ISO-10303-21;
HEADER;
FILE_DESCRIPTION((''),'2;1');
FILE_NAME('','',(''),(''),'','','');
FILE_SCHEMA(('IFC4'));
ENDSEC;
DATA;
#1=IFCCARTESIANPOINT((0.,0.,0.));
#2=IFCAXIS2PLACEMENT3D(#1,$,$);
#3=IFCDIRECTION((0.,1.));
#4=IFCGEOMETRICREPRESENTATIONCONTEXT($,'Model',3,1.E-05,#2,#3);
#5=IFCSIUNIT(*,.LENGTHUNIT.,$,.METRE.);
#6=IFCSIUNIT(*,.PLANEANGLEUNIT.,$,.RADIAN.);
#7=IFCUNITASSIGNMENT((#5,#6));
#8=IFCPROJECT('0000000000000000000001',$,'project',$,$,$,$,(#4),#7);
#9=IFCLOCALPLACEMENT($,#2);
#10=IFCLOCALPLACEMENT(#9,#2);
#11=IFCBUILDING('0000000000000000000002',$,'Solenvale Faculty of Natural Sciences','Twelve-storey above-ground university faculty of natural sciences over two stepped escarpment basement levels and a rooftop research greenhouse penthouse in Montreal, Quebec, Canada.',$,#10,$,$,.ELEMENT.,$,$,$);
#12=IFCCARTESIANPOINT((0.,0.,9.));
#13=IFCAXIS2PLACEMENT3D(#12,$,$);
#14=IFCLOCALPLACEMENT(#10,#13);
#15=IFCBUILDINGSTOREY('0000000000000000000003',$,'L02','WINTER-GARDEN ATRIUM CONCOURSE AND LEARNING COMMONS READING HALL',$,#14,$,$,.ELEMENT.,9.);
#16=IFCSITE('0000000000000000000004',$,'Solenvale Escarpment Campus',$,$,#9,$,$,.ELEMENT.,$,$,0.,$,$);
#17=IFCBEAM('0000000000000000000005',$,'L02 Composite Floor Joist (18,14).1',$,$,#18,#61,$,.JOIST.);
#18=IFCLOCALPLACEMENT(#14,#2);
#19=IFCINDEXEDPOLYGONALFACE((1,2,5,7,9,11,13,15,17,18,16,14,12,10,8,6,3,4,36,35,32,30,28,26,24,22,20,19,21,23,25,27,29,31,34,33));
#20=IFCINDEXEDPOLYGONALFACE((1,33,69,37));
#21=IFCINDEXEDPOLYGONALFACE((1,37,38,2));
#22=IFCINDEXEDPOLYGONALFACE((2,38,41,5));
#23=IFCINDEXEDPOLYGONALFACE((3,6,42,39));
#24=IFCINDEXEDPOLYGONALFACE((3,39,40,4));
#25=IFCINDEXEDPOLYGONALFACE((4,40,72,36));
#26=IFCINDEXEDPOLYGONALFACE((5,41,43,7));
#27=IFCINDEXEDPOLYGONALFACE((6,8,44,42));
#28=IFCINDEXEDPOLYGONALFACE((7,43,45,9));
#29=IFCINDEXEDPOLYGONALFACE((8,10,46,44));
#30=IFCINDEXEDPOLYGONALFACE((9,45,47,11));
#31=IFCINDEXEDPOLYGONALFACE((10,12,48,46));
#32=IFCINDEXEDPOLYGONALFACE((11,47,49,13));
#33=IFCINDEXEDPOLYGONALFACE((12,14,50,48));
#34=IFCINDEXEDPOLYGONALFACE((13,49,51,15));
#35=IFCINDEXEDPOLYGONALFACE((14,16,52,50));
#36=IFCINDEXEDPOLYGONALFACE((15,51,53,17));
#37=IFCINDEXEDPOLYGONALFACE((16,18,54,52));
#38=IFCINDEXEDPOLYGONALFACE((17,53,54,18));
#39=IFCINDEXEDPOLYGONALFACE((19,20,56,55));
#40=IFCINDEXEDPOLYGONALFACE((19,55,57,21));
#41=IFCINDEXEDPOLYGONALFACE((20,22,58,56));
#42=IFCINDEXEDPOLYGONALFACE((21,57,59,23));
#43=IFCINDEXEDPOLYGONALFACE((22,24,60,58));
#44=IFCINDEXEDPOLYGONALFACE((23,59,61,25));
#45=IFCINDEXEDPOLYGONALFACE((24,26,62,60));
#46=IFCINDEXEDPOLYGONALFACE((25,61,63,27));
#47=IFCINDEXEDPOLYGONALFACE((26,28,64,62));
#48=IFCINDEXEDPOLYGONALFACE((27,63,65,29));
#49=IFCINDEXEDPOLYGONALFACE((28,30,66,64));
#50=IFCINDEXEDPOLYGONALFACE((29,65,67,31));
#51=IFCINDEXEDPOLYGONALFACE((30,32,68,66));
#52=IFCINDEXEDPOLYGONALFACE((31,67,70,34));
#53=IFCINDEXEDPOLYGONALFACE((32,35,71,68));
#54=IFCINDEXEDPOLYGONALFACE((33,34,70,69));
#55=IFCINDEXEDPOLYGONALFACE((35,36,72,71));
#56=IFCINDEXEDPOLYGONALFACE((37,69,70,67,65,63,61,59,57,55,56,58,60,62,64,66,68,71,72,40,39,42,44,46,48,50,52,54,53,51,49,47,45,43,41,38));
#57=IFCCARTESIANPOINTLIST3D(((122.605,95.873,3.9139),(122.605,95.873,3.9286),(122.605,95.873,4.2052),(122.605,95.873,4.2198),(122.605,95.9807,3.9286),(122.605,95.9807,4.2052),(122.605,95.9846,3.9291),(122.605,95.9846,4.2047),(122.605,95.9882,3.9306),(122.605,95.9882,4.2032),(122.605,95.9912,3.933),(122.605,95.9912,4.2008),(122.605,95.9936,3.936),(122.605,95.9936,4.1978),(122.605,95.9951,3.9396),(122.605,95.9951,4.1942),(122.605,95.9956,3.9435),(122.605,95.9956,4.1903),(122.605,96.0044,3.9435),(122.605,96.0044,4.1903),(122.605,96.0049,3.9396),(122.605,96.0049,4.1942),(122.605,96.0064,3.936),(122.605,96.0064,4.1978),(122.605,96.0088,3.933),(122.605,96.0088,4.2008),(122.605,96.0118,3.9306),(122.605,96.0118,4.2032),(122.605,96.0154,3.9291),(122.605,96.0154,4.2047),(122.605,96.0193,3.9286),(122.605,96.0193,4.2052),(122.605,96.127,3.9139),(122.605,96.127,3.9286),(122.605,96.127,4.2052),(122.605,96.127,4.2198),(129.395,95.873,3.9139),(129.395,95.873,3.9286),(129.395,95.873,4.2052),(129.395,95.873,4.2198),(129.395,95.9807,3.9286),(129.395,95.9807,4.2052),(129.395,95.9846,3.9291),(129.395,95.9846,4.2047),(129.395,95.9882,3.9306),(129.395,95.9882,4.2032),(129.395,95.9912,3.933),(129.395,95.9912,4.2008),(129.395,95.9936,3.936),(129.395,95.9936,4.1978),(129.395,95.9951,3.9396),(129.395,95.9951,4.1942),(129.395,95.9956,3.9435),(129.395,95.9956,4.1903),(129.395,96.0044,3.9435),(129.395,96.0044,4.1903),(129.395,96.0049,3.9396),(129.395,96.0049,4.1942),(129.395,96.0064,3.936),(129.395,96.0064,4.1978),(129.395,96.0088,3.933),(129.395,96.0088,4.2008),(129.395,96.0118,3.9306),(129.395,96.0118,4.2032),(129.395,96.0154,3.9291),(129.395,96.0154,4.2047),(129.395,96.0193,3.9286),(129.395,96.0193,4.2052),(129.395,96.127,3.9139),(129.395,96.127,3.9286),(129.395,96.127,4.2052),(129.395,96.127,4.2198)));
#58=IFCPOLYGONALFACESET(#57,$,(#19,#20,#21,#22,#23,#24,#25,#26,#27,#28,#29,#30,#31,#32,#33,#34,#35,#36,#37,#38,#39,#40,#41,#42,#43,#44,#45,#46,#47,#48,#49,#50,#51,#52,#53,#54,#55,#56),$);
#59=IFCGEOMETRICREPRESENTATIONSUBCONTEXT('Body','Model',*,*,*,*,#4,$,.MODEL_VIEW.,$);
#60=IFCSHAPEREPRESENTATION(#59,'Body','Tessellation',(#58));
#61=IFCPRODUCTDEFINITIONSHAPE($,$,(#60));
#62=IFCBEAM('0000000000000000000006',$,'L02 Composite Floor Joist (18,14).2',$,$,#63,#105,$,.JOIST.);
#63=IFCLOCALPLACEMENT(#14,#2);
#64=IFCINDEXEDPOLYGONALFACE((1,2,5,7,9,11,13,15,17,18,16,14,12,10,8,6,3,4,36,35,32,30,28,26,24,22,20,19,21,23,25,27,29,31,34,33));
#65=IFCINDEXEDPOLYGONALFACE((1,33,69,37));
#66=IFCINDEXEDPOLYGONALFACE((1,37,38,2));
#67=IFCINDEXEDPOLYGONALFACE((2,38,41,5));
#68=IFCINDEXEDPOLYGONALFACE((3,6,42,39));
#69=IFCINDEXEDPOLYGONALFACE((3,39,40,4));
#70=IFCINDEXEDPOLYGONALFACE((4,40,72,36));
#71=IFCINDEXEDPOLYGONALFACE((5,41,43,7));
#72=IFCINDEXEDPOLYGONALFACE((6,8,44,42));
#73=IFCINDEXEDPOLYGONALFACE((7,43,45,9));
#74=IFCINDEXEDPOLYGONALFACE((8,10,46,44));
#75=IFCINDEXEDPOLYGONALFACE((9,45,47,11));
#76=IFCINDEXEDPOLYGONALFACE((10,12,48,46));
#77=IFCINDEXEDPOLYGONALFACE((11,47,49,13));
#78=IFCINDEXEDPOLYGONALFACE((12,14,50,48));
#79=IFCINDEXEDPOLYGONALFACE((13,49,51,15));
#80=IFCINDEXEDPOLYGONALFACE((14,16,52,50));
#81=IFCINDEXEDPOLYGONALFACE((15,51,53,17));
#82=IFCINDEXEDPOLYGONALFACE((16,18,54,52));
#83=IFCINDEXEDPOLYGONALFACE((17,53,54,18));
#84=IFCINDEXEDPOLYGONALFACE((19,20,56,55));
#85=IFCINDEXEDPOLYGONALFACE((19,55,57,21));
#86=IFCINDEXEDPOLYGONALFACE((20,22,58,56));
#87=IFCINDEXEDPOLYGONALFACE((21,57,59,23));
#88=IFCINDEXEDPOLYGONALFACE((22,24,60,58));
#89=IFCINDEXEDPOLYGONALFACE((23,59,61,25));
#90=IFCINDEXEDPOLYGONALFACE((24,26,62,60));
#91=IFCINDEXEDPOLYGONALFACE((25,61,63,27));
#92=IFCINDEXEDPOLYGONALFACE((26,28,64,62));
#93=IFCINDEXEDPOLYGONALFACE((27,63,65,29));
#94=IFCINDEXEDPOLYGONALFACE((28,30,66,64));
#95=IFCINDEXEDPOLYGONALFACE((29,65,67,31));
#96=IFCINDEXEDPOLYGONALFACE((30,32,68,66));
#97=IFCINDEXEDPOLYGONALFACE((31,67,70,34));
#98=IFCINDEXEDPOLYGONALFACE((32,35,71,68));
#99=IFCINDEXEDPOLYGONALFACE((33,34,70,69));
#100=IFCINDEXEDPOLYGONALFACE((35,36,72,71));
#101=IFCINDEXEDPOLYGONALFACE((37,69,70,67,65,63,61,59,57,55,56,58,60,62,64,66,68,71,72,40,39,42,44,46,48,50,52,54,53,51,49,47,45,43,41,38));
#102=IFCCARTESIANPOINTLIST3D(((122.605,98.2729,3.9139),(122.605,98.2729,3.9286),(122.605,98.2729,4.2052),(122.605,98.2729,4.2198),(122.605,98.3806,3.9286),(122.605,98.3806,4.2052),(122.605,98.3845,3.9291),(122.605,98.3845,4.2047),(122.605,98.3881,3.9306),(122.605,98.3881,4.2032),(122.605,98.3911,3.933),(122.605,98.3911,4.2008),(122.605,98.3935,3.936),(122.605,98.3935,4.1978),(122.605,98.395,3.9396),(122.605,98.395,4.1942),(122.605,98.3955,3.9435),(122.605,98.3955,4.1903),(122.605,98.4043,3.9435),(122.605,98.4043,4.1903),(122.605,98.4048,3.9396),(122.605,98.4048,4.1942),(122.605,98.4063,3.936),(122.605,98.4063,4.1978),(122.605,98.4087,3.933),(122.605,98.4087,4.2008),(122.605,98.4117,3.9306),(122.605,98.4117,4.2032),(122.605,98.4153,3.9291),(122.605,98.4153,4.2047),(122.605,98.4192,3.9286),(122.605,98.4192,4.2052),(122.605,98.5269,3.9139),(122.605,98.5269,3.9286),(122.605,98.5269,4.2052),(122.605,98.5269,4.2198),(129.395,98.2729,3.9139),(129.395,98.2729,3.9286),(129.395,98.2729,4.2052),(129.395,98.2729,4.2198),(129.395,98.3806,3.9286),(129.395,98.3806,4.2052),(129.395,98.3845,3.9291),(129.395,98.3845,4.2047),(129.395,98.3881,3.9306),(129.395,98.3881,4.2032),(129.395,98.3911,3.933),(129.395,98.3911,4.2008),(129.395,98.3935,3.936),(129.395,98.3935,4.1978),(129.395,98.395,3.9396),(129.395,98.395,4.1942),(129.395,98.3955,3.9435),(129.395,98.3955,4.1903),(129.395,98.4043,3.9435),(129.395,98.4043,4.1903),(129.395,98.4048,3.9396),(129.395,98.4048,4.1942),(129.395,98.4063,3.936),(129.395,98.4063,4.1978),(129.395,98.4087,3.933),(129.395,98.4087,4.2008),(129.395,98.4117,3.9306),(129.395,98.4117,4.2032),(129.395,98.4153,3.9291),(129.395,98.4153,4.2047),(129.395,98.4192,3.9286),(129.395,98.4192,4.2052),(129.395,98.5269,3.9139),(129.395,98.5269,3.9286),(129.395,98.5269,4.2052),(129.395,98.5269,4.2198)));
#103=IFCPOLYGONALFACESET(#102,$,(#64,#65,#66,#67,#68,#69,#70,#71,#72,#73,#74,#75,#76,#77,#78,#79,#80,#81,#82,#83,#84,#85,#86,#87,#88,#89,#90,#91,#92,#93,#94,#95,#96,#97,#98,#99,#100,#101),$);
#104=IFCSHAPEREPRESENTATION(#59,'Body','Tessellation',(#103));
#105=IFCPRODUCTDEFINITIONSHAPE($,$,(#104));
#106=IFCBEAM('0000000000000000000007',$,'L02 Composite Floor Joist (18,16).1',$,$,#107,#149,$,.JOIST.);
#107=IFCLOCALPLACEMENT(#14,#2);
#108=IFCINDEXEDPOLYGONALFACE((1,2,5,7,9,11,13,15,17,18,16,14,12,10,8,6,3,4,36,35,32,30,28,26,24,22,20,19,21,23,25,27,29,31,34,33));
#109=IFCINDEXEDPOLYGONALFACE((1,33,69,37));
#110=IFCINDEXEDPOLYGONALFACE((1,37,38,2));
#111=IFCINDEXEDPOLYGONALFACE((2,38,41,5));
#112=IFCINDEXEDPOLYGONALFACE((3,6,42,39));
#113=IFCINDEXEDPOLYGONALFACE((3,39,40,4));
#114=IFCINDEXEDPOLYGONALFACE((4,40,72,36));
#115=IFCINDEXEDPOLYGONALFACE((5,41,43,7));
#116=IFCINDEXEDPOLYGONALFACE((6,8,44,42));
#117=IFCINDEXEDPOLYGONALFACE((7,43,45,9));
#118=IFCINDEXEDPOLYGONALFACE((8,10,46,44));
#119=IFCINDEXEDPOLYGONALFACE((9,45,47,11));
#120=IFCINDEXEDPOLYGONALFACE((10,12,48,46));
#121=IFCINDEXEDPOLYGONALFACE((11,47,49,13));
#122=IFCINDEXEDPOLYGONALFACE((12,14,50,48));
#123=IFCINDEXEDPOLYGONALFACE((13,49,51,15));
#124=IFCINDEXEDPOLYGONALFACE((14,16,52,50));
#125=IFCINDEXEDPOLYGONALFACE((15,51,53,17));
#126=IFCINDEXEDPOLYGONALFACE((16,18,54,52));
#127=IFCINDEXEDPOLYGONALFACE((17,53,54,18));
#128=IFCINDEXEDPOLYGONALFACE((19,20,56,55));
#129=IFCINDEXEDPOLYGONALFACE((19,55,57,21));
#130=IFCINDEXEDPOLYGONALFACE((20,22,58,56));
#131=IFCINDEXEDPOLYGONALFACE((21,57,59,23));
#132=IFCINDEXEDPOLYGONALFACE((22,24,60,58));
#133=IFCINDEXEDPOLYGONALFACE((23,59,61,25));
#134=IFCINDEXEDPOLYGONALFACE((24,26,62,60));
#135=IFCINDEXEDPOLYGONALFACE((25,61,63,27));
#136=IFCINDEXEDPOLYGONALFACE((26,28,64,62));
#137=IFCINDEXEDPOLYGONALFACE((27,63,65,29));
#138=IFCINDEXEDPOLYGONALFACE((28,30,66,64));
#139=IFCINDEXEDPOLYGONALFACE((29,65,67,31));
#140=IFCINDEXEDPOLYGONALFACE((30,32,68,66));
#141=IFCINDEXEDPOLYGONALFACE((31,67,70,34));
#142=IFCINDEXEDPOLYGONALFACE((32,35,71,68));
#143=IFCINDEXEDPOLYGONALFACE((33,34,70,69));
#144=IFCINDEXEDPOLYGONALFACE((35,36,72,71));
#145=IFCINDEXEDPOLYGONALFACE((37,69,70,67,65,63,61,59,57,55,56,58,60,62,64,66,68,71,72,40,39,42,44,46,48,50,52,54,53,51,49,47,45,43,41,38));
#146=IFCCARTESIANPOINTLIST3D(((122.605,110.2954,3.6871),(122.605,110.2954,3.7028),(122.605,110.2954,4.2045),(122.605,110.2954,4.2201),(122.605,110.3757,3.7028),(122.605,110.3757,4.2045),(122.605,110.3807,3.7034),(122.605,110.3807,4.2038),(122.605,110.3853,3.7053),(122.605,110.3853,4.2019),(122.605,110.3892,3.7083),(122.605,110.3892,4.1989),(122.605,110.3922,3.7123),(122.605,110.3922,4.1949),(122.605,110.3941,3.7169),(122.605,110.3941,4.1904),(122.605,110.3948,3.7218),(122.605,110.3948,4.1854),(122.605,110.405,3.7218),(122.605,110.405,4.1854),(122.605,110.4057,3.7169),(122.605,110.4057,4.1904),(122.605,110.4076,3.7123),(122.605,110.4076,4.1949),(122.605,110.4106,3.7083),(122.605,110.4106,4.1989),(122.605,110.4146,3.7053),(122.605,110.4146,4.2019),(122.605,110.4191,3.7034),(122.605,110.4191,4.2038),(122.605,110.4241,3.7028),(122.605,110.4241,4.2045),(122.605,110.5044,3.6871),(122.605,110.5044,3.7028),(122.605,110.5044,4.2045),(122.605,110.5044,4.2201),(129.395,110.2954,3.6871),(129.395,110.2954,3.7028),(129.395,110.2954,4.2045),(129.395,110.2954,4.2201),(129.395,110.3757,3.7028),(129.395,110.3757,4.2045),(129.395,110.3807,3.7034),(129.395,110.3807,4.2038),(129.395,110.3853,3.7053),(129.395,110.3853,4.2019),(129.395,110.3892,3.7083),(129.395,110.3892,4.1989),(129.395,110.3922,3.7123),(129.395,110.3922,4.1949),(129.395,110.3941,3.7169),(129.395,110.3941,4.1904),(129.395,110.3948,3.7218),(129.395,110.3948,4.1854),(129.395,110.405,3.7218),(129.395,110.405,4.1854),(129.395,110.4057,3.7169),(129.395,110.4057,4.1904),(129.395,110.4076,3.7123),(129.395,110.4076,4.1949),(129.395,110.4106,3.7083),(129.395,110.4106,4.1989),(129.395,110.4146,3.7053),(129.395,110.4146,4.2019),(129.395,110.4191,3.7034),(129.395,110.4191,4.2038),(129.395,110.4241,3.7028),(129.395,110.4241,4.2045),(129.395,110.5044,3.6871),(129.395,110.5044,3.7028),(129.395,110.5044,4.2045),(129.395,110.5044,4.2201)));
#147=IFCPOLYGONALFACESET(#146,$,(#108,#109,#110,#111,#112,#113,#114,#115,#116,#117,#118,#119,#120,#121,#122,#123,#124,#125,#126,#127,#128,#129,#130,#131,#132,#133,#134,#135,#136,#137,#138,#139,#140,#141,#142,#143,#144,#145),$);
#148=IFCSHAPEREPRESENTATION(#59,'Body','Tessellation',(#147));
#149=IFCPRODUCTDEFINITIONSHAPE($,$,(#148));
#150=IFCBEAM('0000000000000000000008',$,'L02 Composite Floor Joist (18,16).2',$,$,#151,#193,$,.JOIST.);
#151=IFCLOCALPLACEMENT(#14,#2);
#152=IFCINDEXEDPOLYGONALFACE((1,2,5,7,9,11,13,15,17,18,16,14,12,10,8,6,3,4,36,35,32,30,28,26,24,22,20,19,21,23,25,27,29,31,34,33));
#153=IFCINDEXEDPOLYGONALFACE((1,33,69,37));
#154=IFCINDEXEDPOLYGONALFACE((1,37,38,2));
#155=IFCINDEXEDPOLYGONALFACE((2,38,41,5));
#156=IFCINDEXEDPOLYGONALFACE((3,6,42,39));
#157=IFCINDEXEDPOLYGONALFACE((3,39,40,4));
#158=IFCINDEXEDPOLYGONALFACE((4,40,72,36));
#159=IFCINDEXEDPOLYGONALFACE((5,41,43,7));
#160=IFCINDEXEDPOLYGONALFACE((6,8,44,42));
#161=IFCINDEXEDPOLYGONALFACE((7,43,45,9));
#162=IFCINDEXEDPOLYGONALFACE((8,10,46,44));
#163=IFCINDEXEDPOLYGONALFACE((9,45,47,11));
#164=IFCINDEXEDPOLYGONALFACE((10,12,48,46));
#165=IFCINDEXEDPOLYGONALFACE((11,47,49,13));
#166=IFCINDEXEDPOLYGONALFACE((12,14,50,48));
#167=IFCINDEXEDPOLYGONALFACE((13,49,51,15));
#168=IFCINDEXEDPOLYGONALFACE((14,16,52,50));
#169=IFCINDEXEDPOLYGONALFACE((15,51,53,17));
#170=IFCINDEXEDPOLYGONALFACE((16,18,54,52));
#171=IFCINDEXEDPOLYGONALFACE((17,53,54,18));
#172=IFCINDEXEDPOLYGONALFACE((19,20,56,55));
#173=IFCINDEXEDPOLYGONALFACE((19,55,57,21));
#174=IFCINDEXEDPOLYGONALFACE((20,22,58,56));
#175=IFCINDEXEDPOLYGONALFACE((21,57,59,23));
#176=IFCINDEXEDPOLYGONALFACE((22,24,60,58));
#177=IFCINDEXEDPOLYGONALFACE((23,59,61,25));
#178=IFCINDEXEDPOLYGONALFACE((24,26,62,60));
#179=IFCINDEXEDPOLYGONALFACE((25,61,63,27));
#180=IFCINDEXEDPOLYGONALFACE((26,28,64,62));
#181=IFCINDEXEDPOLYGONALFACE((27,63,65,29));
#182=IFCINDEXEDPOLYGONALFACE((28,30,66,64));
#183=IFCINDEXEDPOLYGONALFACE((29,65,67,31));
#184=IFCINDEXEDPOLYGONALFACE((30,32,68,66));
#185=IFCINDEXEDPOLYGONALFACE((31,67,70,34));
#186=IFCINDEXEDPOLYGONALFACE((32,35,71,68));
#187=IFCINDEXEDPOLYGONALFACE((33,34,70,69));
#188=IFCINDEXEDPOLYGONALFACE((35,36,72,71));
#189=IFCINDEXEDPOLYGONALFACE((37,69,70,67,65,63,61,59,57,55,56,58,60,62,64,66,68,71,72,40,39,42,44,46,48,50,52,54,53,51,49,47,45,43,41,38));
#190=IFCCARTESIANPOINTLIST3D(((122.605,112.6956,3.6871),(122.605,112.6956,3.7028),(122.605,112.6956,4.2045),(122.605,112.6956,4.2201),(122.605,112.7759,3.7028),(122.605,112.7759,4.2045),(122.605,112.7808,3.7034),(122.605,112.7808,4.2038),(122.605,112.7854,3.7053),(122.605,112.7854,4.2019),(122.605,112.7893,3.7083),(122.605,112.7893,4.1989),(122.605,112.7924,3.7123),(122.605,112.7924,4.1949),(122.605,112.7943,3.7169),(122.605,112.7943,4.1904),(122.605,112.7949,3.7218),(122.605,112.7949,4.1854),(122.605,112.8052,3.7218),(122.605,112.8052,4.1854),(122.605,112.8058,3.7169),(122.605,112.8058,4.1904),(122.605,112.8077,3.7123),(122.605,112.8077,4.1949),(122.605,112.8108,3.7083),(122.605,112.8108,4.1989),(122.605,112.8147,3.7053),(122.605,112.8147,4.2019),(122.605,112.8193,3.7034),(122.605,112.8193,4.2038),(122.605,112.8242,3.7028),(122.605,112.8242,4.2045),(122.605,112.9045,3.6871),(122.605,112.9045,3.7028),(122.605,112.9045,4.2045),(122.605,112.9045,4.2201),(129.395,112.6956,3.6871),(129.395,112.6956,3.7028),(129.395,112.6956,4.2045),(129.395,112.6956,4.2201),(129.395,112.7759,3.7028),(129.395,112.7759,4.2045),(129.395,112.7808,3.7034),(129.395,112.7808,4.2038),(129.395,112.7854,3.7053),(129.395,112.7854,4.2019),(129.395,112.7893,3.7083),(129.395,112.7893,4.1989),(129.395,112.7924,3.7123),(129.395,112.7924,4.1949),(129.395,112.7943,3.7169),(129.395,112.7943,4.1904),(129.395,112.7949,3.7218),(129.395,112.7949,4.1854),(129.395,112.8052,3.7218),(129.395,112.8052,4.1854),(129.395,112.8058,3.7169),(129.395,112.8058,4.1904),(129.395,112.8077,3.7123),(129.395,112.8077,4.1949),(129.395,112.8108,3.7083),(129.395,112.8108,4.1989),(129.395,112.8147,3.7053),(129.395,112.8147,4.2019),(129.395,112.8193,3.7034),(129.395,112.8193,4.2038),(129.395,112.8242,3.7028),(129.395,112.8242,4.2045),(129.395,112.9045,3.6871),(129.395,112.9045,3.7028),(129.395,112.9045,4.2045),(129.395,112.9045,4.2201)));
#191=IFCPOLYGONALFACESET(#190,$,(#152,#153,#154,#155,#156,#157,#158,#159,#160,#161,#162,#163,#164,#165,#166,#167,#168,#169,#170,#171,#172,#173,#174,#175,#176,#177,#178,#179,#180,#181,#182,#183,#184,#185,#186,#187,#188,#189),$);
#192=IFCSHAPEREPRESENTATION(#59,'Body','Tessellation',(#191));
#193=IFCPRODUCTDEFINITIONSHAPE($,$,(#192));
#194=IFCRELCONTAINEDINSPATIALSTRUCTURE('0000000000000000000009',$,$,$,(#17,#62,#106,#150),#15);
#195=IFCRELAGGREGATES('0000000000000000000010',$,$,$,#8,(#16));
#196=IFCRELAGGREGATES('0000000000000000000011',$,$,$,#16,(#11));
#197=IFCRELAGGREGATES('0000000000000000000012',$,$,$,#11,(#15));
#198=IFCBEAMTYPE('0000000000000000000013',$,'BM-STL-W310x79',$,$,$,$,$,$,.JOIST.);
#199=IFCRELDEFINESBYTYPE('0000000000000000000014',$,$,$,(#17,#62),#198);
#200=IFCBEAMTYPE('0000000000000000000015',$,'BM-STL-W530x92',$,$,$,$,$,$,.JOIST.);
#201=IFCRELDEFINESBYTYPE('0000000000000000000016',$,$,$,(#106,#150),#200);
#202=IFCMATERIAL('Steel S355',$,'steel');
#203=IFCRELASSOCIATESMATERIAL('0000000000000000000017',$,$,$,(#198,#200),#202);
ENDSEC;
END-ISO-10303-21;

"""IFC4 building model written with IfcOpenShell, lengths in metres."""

from ifc_helpers import new_model, si_unit, direction, frame, origin, origin_2d, place, context, subcontext, project, spatial, i_section, extrude, material, material_profile, profile_set, type_object, element, save


model = new_model("IFC4")

# Units and contexts
model_context = context("Model", 3, precision=1e-05, world=origin(), true_north=direction((0.0, 1.0)))
body_context = subcontext(model_context, "Body", "Model", "MODEL_VIEW")
ifc_project = project(units=[si_unit("LENGTHUNIT", "METRE"), si_unit("PLANEANGLEUNIT", "RADIAN")], contexts=[model_context])

# Site, building, storey
site_placement = place(None, origin())
site = spatial("IfcSite", under=ifc_project, at=site_placement, Name="Solenvale Escarpment Campus", CompositionType="ELEMENT", RefElevation=0.0)
building_placement = place(site_placement, origin())
building = spatial("IfcBuilding", under=site, at=building_placement, Name="Solenvale Faculty of Natural Sciences", Description="Twelve-storey above-ground university faculty of natural sciences over two stepped escarpment basement levels and a rooftop research greenhouse penthouse in Montreal, Quebec, Canada.", CompositionType="ELEMENT")
storey_placement = place(building_placement, frame((0.0, 0.0, 9.0)))
storey = spatial("IfcBuildingStorey", under=building, at=storey_placement, Name="L02", Description="WINTER-GARDEN ATRIUM CONCOURSE AND LEARNING COMMONS READING HALL", CompositionType="ELEMENT", Elevation=9.0)

# Beams
ifc_material_1 = material(Name="Steel S355", Category="steel")
ifc_material_profile_1 = material_profile(ifc_material_1, i_section(OverallWidth=0.2539, OverallDepth=0.3059, WebThickness=0.0088, FlangeThickness=0.0146, FilletRadius=0.0149, at=origin_2d()), Name="W310x79")
ifc_profile_set_1 = profile_set([ifc_material_profile_1], Name="Steel S355")
beam_type_1 = type_object("IfcBeamType", Name="BM-STL-W310x79", PredefinedType="JOIST", material=ifc_profile_set_1)
for number, where, z_axis, x_axis, name in (
    (1, (122.605, 96.0, 4.0669), (1.0, 0.0, 0.0), (0.0, 1.0, 0.0), "L02 Composite Floor Joist (18,14).1"),
    (2, (122.605, 98.3999, 4.0669), (1.0, 0.0, 0.0), (0.0, 1.0, 0.0), "L02 Composite Floor Joist (18,14).2"),
):
    element("IfcBeam", number, at=place(storey_placement, frame(where, z_axis=z_axis, x_axis=x_axis)), inside=storey, type_object=beam_type_1, Name=name, PredefinedType="JOIST", context=body_context, shape_type="SweptSolid", body=[
        extrude(i_section(OverallWidth=0.2539, OverallDepth=0.3059, WebThickness=0.0088, FlangeThickness=0.0146, FilletRadius=0.0149, at=origin_2d()), origin(), (0.0, 0.0, 1.0), 6.79),
    ])
ifc_material_profile_2 = material_profile(ifc_material_1, i_section(OverallWidth=0.209, OverallDepth=0.533, WebThickness=0.0103, FlangeThickness=0.0156, FilletRadius=0.019, at=origin_2d()), Name="W530x92")
ifc_profile_set_2 = profile_set([ifc_material_profile_2], Name="Steel S355")
beam_type_2 = type_object("IfcBeamType", Name="BM-STL-W530x92", PredefinedType="JOIST", material=ifc_profile_set_2)
for number, where, z_axis, x_axis, name in (
    (3, (122.605, 110.3999, 3.9536), (1.0, 0.0, 0.0), (0.0, 1.0, 0.0), "L02 Composite Floor Joist (18,16).1"),
    (4, (122.605, 112.8, 3.9536), (1.0, 0.0, 0.0), (0.0, 1.0, 0.0), "L02 Composite Floor Joist (18,16).2"),
):
    element("IfcBeam", number, at=place(storey_placement, frame(where, z_axis=z_axis, x_axis=x_axis)), inside=storey, type_object=beam_type_2, Name=name, PredefinedType="JOIST", context=body_context, shape_type="SweptSolid", body=[
        extrude(i_section(OverallWidth=0.209, OverallDepth=0.533, WebThickness=0.0103, FlangeThickness=0.0156, FilletRadius=0.019, at=origin_2d()), origin(), (0.0, 0.0, 1.0), 6.79),
    ])

save(model, "model.ifc")
